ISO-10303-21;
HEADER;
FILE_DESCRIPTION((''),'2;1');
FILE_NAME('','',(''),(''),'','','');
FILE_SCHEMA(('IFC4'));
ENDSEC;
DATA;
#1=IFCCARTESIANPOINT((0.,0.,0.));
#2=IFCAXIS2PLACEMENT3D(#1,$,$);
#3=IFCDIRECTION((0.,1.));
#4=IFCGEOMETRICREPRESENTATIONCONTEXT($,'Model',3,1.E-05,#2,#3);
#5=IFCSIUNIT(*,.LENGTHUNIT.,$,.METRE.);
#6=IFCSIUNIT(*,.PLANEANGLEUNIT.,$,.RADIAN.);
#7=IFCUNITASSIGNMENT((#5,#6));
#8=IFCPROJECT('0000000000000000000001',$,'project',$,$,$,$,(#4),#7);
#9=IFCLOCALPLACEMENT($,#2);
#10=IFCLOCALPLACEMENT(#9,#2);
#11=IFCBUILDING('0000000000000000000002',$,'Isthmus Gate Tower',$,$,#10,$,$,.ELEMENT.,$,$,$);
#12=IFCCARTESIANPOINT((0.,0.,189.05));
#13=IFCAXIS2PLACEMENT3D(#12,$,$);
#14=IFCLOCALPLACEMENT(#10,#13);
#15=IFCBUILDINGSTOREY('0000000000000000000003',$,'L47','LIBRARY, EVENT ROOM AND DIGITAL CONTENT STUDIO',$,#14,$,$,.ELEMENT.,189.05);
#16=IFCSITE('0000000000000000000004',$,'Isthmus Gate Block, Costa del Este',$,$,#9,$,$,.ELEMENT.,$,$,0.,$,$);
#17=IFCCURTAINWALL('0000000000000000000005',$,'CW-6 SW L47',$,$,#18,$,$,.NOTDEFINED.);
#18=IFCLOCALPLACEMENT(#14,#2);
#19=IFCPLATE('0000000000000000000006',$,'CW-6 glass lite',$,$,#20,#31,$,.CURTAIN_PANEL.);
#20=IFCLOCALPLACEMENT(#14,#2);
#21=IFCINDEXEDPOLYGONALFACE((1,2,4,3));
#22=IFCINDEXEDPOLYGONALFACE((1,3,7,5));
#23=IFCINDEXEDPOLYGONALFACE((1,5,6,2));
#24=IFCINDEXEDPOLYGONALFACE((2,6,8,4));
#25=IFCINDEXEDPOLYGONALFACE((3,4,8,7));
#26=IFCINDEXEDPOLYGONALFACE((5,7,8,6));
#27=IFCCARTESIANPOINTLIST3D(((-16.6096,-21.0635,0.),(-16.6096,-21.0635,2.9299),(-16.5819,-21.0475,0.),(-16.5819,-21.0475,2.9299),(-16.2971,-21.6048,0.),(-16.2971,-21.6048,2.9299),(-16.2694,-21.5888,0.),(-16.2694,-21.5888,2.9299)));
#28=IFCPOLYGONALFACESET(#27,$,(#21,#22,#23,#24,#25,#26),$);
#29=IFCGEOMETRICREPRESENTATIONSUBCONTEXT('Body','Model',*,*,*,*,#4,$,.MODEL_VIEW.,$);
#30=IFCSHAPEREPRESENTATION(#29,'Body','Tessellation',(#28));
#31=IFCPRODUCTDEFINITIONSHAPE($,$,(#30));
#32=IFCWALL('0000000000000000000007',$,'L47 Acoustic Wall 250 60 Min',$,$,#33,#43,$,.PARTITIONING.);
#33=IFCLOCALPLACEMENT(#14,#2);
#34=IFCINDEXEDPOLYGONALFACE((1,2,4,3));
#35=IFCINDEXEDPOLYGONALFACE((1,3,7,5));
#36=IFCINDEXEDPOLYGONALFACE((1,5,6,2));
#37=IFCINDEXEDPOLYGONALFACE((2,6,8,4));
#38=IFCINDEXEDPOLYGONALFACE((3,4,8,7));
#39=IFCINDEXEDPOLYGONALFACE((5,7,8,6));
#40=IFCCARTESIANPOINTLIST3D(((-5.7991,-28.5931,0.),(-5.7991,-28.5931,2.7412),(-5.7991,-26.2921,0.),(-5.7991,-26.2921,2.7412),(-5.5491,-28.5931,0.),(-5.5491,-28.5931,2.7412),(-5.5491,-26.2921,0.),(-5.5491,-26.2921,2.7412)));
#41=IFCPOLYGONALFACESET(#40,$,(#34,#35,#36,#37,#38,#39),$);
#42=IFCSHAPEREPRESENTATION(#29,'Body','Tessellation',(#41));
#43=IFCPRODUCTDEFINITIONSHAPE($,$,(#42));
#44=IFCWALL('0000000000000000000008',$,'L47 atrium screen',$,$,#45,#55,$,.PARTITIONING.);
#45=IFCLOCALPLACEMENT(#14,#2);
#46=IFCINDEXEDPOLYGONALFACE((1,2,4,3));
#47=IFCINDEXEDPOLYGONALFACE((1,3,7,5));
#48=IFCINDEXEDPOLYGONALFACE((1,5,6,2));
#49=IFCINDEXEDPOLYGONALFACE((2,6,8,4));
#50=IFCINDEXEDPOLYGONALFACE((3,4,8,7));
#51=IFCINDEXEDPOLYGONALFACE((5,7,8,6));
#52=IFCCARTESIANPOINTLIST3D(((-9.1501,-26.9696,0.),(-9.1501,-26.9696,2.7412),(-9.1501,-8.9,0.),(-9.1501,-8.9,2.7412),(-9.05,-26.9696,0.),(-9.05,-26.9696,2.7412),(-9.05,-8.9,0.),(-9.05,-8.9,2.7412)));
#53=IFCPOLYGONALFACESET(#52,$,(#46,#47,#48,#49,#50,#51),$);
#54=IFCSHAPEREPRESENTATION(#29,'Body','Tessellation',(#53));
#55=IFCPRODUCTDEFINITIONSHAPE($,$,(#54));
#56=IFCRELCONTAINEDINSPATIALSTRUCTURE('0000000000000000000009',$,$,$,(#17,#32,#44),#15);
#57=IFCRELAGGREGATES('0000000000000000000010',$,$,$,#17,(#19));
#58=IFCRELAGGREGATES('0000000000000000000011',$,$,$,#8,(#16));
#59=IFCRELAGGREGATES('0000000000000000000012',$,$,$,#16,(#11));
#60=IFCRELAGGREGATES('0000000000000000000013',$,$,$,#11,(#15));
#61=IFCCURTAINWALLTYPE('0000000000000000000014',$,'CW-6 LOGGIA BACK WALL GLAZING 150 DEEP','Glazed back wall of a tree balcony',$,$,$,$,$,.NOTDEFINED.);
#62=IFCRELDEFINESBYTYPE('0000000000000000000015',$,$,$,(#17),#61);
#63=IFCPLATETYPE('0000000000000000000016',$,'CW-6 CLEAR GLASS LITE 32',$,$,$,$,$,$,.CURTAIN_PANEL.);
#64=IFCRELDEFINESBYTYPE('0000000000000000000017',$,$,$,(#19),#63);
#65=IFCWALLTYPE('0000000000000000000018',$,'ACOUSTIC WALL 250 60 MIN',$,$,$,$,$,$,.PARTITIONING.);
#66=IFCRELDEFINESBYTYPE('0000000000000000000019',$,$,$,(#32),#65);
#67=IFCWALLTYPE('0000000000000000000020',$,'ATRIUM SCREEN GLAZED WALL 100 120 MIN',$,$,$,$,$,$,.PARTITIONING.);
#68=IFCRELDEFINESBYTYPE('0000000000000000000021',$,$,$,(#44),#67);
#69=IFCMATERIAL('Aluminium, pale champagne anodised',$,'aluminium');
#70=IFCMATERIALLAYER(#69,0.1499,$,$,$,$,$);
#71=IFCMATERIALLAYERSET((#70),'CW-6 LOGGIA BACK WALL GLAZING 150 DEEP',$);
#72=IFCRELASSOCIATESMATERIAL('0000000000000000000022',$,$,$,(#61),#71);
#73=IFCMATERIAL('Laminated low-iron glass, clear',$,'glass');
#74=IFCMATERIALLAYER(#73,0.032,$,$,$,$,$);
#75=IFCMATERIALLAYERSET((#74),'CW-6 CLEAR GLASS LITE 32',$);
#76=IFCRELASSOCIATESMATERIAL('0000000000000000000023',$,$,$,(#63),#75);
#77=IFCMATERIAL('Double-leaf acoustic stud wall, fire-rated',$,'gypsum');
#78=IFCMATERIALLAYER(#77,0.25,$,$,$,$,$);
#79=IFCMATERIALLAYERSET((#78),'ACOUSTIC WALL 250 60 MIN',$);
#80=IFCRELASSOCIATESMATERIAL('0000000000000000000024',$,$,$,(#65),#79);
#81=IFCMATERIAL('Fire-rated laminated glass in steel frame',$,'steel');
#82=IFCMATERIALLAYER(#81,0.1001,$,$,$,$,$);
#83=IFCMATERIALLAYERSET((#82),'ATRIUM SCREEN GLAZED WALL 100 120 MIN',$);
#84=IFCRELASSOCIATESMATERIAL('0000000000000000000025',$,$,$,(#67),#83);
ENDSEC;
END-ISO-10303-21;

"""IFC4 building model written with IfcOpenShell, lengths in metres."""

from ifc_helpers import new_model, si_unit, direction, frame, frame_2d, origin, origin_2d, place, context, subcontext, project, spatial, rectangle, extrude, material, layer, layer_set, type_object, element, aggregate, save


model = new_model("IFC4")

# Units and contexts
model_context = context("Model", 3, precision=1e-05, world=origin(), true_north=direction((0.0, 1.0)))
body_context = subcontext(model_context, "Body", "Model", "MODEL_VIEW")
ifc_project = project(units=[si_unit("LENGTHUNIT", "METRE"), si_unit("PLANEANGLEUNIT", "RADIAN")], contexts=[model_context])

# Site, building, storey
site_placement = place(None, origin())
site = spatial("IfcSite", under=ifc_project, at=site_placement, Name="Isthmus Gate Block, Costa del Este", CompositionType="ELEMENT", RefElevation=0.0)
building_placement = place(site_placement, origin())
building = spatial("IfcBuilding", under=site, at=building_placement, Name="Isthmus Gate Tower", CompositionType="ELEMENT")
storey_placement = place(building_placement, frame((0.0, 0.0, 189.05)))
storey = spatial("IfcBuildingStorey", under=building, at=storey_placement, Name="L47", Description="LIBRARY, EVENT ROOM AND DIGITAL CONTENT STUDIO", CompositionType="ELEMENT", Elevation=189.05)

# Curtain wall
ifc_material_1 = material(Name="Aluminium, pale champagne anodised", Category="aluminium")
ifc_layer_1 = layer(ifc_material_1, 0.1499)
ifc_layer_set_1 = layer_set([ifc_layer_1], Name="CW-6 LOGGIA BACK WALL GLAZING 150 DEEP")
curtain_wall_type_1 = type_object("IfcCurtainWallType", Name="CW-6 LOGGIA BACK WALL GLAZING 150 DEEP", Description="Glazed back wall of a tree balcony", PredefinedType="NOTDEFINED", material=ifc_layer_set_1)
curtain_wall_1_placement = place(storey_placement, origin())
curtain_wall_1 = element("IfcCurtainWall", 1, at=curtain_wall_1_placement, inside=storey, type_object=curtain_wall_type_1, Name="CW-6 SW L47", PredefinedType="NOTDEFINED")

# Plate
ifc_material_2 = material(Name="Laminated low-iron glass, clear", Category="glass")
ifc_layer_2 = layer(ifc_material_2, 0.032)
ifc_layer_set_2 = layer_set([ifc_layer_2], Name="CW-6 CLEAR GLASS LITE 32")
plate_type_1 = type_object("IfcPlateType", Name="CW-6 CLEAR GLASS LITE 32", PredefinedType="CURTAIN_PANEL", material=ifc_layer_set_2)
plate_1_placement = place(storey_placement, frame((-16.4395, -21.3262, 0.0), z_axis=(0.0, 0.0, 1.0), x_axis=(0.5, -0.866025, 0.0)))
plate_1 = element("IfcPlate", 2, at=plate_1_placement, type_object=plate_type_1, Name="CW-6 glass lite", PredefinedType="CURTAIN_PANEL", context=body_context, shape_type="SweptSolid", body=[
    extrude(rectangle(XDim=0.625, YDim=0.032, at=origin_2d()), origin(), (0.0, 0.0, 1.0), 2.9299),
])
aggregate(curtain_wall_1, [plate_1])

# Walls
ifc_material_3 = material(Name="Double-leaf acoustic stud wall, fire-rated", Category="gypsum")
ifc_layer_3 = layer(ifc_material_3, 0.25)
ifc_layer_set_3 = layer_set([ifc_layer_3], Name="ACOUSTIC WALL 250 60 MIN")
wall_type_1 = type_object("IfcWallType", Name="ACOUSTIC WALL 250 60 MIN", PredefinedType="PARTITIONING", material=ifc_layer_set_3)
wall_1_placement = place(storey_placement, frame((-5.6741, -28.593, 0.0), z_axis=(0.0, 0.0, 1.0), x_axis=(0.0, 1.0, 0.0)))
element("IfcWall", 3, at=wall_1_placement, inside=storey, type_object=wall_type_1, Name="L47 Acoustic Wall 250 60 Min", PredefinedType="PARTITIONING", context=body_context, shape_type="SweptSolid", body=[
    extrude(rectangle(XDim=2.301, YDim=0.25, at=frame_2d((1.1504, 0.0))), origin(), (0.0, 0.0, 1.0), 2.7412),
])
ifc_material_4 = material(Name="Fire-rated laminated glass in steel frame", Category="steel")
ifc_layer_4 = layer(ifc_material_4, 0.1001)
ifc_layer_set_4 = layer_set([ifc_layer_4], Name="ATRIUM SCREEN GLAZED WALL 100 120 MIN")
wall_type_2 = type_object("IfcWallType", Name="ATRIUM SCREEN GLAZED WALL 100 120 MIN", PredefinedType="PARTITIONING", material=ifc_layer_set_4)
wall_2_placement = place(storey_placement, frame((-9.1001, -26.9695, 0.0), z_axis=(0.0, 0.0, 1.0), x_axis=(0.0, 1.0, 0.0)))
element("IfcWall", 4, at=wall_2_placement, inside=storey, type_object=wall_type_2, Name="L47 atrium screen", PredefinedType="PARTITIONING", context=body_context, shape_type="SweptSolid", body=[
    extrude(rectangle(XDim=18.0696, YDim=0.1001, at=frame_2d((9.0347, 0.0))), origin(), (0.0, 0.0, 1.0), 2.7412),
])

save(model, "model.ifc")
